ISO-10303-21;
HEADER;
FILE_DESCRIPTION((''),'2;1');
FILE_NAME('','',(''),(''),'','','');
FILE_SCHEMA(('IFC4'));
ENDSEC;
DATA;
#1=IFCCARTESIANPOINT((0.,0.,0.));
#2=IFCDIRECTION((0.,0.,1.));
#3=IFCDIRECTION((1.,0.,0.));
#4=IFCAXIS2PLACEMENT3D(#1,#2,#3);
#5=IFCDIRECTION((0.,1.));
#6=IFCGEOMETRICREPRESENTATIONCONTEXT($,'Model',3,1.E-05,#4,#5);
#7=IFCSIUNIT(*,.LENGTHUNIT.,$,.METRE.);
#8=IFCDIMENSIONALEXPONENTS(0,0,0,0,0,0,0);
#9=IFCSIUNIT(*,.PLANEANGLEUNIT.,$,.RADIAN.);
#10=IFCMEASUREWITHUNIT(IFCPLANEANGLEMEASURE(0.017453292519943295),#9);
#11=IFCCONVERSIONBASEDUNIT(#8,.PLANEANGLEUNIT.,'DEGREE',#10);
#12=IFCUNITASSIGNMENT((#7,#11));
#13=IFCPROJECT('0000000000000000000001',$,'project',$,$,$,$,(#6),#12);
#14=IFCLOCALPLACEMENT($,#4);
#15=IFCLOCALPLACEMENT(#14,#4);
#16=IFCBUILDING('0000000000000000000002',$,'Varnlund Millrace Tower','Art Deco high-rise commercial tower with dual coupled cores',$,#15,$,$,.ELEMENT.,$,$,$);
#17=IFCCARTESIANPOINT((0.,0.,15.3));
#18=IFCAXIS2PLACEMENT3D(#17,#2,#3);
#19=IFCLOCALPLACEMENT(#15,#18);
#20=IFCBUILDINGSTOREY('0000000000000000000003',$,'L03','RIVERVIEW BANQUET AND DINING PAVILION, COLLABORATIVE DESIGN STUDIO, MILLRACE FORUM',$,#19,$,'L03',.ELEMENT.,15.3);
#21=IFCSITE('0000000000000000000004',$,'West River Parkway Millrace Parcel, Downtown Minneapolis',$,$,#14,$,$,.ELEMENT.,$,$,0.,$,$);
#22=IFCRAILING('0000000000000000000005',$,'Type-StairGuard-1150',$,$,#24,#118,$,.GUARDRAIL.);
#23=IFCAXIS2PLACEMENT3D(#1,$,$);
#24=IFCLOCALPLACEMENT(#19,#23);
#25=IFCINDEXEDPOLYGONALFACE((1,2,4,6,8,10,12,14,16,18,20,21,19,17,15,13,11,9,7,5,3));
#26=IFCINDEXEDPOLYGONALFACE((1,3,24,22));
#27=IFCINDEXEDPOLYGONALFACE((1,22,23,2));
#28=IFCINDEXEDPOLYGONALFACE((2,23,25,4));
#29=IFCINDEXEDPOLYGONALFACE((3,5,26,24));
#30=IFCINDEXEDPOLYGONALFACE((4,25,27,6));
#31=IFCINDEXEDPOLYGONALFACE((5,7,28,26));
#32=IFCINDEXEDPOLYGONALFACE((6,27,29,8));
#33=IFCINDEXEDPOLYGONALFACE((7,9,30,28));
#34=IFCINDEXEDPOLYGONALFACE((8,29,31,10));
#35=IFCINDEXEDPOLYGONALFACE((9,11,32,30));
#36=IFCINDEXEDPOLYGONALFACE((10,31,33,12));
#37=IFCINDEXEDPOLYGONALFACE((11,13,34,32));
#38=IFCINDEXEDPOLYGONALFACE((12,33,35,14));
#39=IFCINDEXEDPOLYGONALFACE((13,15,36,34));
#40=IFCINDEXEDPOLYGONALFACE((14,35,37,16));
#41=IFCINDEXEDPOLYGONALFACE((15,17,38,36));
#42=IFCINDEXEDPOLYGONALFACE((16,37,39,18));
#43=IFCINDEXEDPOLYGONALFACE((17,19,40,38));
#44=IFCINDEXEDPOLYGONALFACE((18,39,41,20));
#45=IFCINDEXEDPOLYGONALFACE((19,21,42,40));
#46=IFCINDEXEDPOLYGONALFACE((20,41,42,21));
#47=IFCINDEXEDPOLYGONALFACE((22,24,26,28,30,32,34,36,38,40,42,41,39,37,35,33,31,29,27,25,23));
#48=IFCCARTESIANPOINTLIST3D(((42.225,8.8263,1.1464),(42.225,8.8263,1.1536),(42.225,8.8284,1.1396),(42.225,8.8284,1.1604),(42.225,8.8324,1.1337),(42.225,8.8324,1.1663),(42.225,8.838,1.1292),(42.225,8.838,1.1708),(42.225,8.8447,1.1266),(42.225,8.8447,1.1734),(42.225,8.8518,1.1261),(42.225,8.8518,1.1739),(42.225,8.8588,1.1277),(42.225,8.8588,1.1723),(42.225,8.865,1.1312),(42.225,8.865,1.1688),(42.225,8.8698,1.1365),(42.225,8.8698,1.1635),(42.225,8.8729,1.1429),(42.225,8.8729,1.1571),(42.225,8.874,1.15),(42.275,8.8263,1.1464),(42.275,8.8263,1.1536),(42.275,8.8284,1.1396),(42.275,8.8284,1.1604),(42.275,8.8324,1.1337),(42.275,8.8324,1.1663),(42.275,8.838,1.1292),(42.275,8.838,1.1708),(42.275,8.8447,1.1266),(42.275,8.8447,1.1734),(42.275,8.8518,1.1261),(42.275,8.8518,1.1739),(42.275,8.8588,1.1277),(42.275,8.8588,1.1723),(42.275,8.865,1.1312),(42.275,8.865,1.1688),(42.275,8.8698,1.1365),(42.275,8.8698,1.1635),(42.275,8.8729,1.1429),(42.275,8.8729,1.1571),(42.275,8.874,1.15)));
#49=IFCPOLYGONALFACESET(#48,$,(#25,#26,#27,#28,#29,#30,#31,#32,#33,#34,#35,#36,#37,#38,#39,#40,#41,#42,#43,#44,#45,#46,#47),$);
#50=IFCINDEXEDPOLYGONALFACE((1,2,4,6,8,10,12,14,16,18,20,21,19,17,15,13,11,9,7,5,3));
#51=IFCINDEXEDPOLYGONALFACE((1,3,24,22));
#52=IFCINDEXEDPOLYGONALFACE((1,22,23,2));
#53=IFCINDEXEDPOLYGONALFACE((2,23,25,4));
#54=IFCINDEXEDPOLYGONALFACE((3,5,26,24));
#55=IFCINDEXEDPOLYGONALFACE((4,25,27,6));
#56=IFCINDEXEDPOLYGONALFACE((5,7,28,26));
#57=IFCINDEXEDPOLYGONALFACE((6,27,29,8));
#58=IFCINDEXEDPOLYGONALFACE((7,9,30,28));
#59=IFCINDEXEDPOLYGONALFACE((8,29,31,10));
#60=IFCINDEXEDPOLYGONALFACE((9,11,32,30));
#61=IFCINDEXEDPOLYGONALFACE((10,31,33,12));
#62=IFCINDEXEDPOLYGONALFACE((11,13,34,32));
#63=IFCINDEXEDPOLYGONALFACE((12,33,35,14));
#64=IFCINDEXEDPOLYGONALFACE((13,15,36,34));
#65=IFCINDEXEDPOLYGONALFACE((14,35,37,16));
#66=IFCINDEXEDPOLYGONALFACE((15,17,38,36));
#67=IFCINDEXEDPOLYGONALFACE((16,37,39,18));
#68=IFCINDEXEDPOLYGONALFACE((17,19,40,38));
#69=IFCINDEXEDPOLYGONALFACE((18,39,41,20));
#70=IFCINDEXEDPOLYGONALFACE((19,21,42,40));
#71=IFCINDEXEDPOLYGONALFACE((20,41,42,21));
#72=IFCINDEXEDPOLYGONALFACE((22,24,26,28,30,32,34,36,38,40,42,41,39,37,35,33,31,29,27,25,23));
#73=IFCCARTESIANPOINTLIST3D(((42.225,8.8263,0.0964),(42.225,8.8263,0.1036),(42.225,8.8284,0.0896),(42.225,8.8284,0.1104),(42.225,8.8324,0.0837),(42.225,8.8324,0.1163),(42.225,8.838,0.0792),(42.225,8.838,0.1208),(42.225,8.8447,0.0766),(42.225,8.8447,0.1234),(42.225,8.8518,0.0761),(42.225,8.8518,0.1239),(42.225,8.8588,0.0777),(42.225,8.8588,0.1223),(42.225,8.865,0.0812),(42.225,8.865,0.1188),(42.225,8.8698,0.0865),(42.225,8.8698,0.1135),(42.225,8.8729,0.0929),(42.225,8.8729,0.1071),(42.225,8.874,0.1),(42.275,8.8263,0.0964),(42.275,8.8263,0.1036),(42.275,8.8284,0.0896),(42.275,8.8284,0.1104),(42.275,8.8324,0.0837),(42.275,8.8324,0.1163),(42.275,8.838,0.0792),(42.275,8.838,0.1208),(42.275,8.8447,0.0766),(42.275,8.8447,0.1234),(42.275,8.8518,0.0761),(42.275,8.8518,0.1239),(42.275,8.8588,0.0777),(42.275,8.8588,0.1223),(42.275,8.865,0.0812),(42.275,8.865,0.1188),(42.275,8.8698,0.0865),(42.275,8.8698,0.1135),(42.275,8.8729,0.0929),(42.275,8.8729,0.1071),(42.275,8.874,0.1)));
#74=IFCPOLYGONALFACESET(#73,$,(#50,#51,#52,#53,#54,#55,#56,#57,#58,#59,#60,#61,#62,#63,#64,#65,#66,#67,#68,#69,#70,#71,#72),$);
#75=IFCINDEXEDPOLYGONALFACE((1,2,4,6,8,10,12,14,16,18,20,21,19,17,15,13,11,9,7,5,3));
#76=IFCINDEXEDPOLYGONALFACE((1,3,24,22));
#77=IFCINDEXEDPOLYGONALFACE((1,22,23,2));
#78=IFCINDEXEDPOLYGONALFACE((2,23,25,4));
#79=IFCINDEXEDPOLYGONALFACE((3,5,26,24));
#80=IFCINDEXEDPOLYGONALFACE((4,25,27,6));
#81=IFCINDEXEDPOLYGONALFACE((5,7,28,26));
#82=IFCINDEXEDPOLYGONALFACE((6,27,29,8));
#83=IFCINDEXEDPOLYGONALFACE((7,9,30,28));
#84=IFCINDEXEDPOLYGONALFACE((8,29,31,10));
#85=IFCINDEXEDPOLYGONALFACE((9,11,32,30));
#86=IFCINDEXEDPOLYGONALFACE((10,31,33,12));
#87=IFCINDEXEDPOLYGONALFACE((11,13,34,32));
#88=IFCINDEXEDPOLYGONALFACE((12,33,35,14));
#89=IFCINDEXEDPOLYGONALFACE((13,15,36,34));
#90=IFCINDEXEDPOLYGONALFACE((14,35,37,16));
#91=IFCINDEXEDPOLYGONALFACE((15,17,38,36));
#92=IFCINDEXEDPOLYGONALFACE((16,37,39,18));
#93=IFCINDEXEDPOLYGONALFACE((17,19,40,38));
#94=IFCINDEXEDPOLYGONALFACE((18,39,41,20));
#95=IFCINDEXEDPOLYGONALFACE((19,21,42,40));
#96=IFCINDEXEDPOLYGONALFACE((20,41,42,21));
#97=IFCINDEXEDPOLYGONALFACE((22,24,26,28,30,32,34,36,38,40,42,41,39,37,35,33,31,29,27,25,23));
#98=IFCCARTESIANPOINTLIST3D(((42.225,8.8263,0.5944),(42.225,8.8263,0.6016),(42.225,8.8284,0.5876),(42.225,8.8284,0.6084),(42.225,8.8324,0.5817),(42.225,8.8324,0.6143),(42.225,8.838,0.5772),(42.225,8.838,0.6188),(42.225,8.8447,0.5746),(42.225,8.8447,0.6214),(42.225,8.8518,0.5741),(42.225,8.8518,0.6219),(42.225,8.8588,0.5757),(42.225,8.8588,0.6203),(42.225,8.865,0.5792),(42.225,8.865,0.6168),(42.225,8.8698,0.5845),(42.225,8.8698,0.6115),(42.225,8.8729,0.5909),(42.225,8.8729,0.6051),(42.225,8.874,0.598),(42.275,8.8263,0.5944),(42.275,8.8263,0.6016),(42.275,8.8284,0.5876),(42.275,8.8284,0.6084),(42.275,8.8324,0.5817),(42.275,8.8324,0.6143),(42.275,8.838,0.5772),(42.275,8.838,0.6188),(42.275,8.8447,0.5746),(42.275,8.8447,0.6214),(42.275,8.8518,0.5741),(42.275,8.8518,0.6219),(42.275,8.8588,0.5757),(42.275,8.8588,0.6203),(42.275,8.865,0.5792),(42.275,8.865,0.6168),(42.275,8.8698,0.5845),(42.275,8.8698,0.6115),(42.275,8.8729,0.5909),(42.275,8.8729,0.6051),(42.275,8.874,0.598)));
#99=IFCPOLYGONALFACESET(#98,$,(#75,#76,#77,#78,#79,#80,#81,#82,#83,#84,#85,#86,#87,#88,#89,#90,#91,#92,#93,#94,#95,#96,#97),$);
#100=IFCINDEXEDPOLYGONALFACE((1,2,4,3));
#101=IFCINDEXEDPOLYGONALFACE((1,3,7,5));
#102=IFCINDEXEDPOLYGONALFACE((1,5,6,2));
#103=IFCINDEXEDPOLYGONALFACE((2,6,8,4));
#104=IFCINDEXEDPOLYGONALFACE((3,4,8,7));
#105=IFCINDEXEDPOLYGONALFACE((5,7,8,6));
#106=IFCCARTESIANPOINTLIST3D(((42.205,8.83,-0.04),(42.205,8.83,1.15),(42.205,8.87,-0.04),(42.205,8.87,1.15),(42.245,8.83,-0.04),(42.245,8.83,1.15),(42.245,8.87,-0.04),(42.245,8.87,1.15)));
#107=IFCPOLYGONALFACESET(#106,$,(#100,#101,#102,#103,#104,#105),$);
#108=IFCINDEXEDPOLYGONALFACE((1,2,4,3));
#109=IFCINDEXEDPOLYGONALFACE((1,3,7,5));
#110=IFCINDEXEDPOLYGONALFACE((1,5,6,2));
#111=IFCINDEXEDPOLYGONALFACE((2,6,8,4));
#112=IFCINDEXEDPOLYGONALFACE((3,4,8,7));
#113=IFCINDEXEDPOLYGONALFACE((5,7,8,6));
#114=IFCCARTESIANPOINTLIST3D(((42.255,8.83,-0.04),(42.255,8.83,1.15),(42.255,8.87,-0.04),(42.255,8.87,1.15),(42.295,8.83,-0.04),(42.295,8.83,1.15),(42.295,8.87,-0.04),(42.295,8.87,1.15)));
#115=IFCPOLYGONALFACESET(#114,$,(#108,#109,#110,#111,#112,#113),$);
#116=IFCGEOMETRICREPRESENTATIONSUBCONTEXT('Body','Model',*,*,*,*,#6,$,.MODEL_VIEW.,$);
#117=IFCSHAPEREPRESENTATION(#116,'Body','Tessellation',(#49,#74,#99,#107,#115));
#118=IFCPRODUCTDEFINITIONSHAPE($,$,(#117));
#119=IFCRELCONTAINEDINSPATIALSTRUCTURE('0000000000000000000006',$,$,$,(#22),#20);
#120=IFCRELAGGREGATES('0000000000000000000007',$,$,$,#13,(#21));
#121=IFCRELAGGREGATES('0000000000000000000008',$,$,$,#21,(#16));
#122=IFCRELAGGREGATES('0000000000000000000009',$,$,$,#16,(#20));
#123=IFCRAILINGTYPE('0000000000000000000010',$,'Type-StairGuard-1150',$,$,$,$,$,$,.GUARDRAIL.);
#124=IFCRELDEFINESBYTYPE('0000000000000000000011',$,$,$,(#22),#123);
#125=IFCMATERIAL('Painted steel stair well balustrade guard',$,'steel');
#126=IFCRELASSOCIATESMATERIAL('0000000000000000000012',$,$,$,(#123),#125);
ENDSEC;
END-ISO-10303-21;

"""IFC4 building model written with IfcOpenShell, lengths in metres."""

from ifc_helpers import new_model, entity, si_unit, converted_unit, direction, frame, origin_with_axes, origin_2d_with_axis, place, context, subcontext, project, spatial, rectangle, circle, extrude, material, type_object, element, save


model = new_model("IFC4")

# Units and contexts
model_context = context("Model", 3, precision=1e-05, world=origin_with_axes(), true_north=direction((0.0, 1.0)))
body_context = subcontext(model_context, "Body", "Model", "MODEL_VIEW")
ifc_project = project(units=[si_unit("LENGTHUNIT", "METRE"), converted_unit("PLANEANGLEUNIT", "DEGREE", entity("IfcPlaneAngleMeasure", 0.017453292519943295), si_unit("PLANEANGLEUNIT", "RADIAN"), dimensions=[0, 0, 0, 0, 0, 0, 0])], contexts=[model_context])

# Site, building, storey
site_placement = place(None, origin_with_axes())
site = spatial("IfcSite", under=ifc_project, at=site_placement, Name="West River Parkway Millrace Parcel, Downtown Minneapolis", CompositionType="ELEMENT", RefElevation=0.0)
building_placement = place(site_placement, origin_with_axes())
building = spatial("IfcBuilding", under=site, at=building_placement, Name="Varnlund Millrace Tower", Description="Art Deco high-rise commercial tower with dual coupled cores", CompositionType="ELEMENT")
storey_placement = place(building_placement, frame((0.0, 0.0, 15.3), z_axis=(0.0, 0.0, 1.0), x_axis=(1.0, 0.0, 0.0)))
storey = spatial("IfcBuildingStorey", under=building, at=storey_placement, Name="L03", Description="RIVERVIEW BANQUET AND DINING PAVILION, COLLABORATIVE DESIGN STUDIO, MILLRACE FORUM", LongName="L03", CompositionType="ELEMENT", Elevation=15.3)

# Railing
ifc_material_1 = material(Name="Painted steel stair well balustrade guard", Category="steel")
railing_type_1 = type_object("IfcRailingType", Name="Type-StairGuard-1150", PredefinedType="GUARDRAIL", material=ifc_material_1)
railing_1_placement = place(storey_placement, frame((0.0, 0.0, -15.3), z_axis=(0.0, 0.0, 1.0), x_axis=(1.0, 0.0, 0.0)))
element("IfcRailing", 1, at=railing_1_placement, inside=storey, type_object=railing_type_1, Name="Type-StairGuard-1150", PredefinedType="GUARDRAIL", context=body_context, shape_type="SweptSolid", body=[
    extrude(circle(Radius=0.024, at=origin_2d_with_axis()), frame((42.225, 8.85, 16.45), z_axis=(1.0, 0.0, 0.0), x_axis=(0.0, 1.0, 0.0)), (0.0, 0.0, 1.0), 0.05),
    extrude(circle(Radius=0.024, at=origin_2d_with_axis()), frame((42.225, 8.85, 15.4), z_axis=(1.0, 0.0, 0.0), x_axis=(0.0, 1.0, 0.0)), (0.0, 0.0, 1.0), 0.05),
    extrude(circle(Radius=0.024, at=origin_2d_with_axis()), frame((42.225, 8.85, 15.898), z_axis=(1.0, 0.0, 0.0), x_axis=(0.0, 1.0, 0.0)), (0.0, 0.0, 1.0), 0.05),
    extrude(rectangle(XDim=0.04, YDim=0.04, at=origin_2d_with_axis()), frame((42.225, 8.85, 15.26), z_axis=(0.0, 0.0, 1.0), x_axis=(1.0, 0.0, 0.0)), (0.0, 0.0, 1.0), 1.19),
    extrude(rectangle(XDim=0.04, YDim=0.04, at=origin_2d_with_axis()), frame((42.275, 8.85, 15.26), z_axis=(0.0, 0.0, 1.0), x_axis=(1.0, 0.0, 0.0)), (0.0, 0.0, 1.0), 1.19),
])

save(model, "model.ifc")
